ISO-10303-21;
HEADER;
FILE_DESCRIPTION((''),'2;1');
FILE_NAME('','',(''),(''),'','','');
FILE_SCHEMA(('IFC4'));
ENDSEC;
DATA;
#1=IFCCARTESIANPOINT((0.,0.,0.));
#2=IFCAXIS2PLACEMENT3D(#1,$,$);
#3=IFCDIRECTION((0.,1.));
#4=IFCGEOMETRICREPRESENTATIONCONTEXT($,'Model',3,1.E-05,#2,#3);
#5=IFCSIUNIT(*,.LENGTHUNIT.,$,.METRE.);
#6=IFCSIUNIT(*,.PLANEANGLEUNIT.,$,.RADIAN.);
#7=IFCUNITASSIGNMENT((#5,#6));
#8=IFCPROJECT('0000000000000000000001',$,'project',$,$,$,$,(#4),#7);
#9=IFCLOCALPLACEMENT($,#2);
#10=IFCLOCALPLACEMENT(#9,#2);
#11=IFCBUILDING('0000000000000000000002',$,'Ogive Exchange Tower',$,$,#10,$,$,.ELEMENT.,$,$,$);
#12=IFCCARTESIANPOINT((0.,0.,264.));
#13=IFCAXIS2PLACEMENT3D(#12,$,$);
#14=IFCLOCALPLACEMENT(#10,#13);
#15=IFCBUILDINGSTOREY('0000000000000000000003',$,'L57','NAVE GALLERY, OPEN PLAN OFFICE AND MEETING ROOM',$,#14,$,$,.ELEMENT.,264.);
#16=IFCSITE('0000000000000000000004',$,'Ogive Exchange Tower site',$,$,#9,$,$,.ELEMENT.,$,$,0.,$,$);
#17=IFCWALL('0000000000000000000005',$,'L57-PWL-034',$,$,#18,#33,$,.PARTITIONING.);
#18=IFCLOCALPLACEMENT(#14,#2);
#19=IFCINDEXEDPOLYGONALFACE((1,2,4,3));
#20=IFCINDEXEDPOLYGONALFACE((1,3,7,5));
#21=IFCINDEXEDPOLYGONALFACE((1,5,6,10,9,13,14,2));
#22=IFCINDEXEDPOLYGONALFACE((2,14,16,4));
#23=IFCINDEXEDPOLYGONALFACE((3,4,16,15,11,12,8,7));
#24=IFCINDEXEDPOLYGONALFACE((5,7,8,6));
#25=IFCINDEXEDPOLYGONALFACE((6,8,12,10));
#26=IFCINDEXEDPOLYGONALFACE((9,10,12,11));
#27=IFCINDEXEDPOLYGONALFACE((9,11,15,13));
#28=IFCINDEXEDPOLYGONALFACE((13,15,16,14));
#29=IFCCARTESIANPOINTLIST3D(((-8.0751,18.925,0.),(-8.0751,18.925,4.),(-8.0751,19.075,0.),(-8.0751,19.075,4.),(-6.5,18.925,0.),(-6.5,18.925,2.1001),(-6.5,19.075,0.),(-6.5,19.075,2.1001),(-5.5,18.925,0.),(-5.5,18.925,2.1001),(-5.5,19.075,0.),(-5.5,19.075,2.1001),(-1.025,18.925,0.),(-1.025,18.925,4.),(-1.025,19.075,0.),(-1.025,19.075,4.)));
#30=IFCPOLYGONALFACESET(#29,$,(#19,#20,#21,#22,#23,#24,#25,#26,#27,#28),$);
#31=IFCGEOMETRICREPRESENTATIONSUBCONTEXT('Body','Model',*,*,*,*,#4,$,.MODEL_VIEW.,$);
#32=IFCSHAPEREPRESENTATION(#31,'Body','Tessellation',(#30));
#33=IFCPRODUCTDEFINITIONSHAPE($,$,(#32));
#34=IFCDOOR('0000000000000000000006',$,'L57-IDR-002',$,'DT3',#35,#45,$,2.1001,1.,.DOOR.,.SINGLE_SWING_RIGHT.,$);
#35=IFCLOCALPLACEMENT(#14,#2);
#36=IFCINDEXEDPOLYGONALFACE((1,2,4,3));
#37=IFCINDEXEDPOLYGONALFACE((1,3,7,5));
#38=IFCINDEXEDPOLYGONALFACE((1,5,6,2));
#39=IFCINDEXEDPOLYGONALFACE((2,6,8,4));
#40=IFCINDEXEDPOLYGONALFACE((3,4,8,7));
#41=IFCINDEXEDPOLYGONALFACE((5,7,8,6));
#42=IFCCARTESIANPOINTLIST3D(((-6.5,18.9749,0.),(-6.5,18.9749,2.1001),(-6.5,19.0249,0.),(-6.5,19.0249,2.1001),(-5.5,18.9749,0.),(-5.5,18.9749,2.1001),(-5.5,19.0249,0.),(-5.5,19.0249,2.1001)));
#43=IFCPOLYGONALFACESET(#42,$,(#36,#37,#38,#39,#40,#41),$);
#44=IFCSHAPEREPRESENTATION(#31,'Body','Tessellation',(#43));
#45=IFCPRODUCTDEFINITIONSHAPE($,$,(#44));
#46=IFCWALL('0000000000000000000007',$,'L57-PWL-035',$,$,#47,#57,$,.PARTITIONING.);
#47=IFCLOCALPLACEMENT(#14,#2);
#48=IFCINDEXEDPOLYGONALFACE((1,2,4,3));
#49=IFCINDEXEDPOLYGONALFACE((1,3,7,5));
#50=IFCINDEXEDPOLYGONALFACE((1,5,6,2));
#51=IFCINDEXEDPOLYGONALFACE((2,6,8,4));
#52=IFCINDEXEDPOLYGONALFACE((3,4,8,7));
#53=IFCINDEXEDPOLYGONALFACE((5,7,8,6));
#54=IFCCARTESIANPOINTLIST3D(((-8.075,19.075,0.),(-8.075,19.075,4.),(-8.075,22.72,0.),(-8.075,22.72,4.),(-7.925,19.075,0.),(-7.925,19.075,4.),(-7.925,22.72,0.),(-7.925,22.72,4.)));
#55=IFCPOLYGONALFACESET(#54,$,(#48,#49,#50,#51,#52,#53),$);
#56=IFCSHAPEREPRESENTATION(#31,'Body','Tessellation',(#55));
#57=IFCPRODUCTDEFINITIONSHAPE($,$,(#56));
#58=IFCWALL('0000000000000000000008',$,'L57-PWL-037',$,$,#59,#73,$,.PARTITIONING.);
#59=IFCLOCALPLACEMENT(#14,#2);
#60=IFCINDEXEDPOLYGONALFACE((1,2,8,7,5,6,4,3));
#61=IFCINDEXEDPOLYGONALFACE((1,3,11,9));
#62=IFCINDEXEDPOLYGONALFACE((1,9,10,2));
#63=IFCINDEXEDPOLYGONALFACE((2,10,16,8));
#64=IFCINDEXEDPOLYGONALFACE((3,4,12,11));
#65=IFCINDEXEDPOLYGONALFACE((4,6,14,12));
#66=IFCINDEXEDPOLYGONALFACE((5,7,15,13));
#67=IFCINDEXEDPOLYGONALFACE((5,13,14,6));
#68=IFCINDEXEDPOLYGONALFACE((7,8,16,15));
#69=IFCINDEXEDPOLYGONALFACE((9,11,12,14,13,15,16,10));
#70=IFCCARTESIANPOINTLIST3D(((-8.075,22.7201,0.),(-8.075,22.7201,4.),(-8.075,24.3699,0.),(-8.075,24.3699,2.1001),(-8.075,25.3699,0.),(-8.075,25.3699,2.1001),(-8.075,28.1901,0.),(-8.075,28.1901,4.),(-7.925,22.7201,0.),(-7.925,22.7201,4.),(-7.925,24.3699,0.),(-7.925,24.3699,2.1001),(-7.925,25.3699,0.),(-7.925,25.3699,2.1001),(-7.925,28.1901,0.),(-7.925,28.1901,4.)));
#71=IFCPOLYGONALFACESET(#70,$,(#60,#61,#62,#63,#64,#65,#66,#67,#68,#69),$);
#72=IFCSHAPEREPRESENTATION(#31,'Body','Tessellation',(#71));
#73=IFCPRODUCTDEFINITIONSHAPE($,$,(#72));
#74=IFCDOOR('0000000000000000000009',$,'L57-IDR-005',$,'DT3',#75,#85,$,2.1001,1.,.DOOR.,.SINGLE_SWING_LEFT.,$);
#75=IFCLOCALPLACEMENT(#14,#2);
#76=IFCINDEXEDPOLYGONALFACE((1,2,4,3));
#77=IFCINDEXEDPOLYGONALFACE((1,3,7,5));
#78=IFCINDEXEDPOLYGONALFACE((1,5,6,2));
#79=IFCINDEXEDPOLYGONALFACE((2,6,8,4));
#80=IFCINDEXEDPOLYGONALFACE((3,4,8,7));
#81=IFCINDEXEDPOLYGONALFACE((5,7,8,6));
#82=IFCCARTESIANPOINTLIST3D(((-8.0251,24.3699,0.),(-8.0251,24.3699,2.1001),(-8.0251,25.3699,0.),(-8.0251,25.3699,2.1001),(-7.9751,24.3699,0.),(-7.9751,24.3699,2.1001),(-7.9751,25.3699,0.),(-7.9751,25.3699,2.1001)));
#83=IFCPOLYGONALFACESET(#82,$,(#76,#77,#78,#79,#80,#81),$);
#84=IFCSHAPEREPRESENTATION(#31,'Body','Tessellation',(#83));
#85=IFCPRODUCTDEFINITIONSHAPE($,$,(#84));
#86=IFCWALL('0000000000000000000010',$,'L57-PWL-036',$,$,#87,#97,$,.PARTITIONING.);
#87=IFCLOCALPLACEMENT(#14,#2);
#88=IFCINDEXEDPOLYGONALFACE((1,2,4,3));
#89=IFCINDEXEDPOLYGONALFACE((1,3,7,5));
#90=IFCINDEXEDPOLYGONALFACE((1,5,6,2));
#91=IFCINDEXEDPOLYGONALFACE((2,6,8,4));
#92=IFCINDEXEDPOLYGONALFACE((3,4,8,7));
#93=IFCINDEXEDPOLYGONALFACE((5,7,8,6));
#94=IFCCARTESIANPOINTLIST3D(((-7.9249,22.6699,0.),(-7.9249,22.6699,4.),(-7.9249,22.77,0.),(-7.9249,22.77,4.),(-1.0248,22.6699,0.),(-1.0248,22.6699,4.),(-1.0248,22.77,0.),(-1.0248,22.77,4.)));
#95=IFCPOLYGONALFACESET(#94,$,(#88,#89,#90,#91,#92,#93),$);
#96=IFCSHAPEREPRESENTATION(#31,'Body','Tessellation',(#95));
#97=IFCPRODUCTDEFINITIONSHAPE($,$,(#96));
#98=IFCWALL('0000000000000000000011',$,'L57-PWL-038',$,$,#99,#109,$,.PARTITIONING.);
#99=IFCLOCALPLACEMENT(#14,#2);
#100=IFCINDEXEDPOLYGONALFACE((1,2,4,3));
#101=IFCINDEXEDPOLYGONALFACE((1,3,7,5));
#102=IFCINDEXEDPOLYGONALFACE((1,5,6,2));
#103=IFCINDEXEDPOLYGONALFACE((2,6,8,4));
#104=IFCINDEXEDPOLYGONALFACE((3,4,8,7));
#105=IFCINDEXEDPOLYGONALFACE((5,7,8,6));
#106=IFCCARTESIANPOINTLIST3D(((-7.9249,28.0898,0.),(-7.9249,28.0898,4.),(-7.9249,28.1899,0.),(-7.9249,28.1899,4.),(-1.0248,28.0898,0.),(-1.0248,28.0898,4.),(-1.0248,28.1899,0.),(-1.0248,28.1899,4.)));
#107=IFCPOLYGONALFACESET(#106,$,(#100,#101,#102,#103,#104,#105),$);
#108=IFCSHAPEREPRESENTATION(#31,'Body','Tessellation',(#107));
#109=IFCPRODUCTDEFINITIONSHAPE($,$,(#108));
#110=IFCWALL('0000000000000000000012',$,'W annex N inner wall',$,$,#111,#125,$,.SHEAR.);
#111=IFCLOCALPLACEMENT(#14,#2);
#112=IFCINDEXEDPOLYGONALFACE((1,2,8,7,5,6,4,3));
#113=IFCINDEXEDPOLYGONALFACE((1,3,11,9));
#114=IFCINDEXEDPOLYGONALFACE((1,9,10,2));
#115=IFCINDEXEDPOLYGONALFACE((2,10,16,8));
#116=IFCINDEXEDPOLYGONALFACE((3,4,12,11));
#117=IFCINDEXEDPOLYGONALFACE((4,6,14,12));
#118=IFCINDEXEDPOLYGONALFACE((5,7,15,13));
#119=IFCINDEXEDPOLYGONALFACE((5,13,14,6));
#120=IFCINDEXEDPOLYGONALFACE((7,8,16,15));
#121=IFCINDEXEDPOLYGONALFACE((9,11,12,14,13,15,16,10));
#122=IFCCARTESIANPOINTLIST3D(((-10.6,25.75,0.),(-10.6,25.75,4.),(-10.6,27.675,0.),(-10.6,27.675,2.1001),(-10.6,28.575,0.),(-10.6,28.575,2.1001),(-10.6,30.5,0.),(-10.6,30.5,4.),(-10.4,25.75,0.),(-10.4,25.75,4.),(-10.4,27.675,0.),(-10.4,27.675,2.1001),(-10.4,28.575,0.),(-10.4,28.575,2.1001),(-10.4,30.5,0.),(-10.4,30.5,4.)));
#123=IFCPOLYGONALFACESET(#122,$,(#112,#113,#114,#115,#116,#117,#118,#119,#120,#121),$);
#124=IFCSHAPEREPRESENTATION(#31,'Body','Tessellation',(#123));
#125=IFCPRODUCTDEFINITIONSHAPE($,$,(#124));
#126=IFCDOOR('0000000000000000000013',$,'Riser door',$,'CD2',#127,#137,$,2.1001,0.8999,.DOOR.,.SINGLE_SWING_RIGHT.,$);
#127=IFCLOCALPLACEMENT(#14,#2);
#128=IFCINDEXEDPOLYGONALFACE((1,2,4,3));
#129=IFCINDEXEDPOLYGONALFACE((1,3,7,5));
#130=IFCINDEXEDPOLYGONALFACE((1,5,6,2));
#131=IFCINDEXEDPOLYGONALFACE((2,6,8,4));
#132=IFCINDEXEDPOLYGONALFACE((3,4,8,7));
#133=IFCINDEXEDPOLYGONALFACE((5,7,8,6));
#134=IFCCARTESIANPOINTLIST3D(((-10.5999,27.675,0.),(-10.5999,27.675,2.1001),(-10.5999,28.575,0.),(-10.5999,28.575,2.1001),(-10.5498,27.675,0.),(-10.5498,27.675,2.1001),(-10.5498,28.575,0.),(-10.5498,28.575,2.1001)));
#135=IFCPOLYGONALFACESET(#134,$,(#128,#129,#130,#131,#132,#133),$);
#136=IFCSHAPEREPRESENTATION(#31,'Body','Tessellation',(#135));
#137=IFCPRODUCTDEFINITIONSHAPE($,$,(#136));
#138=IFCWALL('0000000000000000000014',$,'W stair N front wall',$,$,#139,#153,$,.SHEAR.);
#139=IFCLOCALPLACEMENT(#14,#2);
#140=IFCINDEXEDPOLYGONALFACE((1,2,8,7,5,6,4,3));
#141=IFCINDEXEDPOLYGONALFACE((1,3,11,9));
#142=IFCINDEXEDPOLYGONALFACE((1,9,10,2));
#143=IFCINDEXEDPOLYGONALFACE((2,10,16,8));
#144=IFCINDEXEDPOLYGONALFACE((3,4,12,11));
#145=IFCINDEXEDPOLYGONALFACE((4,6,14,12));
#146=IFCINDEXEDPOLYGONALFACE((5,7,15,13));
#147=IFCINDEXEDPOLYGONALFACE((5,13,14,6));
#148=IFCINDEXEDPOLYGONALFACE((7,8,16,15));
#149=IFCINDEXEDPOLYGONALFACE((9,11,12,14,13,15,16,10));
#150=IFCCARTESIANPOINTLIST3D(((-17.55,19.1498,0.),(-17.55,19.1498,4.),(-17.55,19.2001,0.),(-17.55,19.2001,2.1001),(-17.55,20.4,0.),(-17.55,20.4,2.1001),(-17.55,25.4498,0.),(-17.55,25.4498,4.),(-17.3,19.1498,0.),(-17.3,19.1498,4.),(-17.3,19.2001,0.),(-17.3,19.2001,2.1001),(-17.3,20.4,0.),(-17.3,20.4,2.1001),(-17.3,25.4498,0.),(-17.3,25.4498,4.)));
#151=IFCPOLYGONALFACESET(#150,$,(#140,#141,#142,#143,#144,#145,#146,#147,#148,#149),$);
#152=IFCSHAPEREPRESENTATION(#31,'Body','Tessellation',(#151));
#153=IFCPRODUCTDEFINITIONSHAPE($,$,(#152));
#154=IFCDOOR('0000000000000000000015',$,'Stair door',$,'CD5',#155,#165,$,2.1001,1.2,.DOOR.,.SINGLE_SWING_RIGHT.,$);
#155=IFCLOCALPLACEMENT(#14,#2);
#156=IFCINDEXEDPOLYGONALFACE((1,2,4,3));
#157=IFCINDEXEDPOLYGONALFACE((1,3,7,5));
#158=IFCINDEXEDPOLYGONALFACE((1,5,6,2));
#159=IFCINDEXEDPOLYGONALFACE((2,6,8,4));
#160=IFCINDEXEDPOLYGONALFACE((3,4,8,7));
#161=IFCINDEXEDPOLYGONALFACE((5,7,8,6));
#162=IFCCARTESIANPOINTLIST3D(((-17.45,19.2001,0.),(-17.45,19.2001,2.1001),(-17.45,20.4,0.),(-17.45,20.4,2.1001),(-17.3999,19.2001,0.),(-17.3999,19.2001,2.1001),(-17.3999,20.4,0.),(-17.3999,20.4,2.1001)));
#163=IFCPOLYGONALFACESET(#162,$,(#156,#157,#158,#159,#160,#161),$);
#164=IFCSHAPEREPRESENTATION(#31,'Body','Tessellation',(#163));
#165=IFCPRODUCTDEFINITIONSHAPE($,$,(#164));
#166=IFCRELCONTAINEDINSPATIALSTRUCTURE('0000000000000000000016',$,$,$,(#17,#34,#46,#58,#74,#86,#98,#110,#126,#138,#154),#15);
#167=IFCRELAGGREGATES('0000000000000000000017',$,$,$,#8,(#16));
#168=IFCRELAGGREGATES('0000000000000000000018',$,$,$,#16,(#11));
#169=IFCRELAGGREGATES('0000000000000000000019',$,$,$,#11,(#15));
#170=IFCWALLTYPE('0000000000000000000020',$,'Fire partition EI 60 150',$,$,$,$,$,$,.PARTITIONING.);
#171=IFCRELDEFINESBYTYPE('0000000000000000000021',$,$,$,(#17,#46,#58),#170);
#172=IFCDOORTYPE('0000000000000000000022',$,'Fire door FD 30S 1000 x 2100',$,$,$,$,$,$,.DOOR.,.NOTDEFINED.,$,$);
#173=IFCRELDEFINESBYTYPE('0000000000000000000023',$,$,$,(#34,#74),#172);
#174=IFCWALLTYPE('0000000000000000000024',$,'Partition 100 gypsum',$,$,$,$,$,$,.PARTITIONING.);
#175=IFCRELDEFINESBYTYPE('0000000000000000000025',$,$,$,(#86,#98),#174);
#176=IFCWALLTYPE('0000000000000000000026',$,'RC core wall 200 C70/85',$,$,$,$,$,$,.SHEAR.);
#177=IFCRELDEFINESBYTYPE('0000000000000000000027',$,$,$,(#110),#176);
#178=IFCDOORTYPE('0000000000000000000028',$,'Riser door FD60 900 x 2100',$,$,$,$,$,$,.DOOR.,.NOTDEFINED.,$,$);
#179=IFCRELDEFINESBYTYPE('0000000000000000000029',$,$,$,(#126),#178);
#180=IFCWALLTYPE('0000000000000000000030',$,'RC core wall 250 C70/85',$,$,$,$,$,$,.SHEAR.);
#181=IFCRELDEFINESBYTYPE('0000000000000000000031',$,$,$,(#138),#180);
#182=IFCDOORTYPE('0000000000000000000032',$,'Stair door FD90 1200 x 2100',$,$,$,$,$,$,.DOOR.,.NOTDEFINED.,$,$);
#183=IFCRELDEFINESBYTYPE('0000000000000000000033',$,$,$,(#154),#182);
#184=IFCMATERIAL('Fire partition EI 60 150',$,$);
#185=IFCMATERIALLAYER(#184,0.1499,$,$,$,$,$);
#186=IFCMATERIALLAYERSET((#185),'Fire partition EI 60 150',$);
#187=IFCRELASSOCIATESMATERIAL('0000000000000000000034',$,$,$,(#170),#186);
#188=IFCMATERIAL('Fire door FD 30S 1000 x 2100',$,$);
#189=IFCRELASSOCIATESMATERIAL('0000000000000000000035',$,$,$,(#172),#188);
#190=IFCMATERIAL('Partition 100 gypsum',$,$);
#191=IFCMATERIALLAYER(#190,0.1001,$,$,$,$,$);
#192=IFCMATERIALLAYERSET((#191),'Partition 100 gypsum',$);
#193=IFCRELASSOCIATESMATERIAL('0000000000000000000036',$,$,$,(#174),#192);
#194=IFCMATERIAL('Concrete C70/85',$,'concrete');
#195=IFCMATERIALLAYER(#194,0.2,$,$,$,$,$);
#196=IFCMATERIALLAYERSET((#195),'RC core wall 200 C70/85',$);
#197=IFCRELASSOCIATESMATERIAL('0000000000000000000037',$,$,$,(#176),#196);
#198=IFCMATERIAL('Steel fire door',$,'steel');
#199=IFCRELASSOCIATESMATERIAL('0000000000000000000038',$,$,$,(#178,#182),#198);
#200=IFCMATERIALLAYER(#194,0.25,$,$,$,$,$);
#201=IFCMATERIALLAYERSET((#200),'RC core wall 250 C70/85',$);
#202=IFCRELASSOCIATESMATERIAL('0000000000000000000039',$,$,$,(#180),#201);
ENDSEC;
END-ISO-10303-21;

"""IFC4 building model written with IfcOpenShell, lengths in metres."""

from ifc_helpers import new_model, si_unit, direction, frame, frame_2d, origin, place, context, subcontext, project, spatial, rectangle, extrude, material, layer, layer_set, type_object, element, fill, save


model = new_model("IFC4")

# Units and contexts
model_context = context("Model", 3, precision=1e-05, world=origin(), true_north=direction((0.0, 1.0)))
body_context = subcontext(model_context, "Body", "Model", "MODEL_VIEW")
ifc_project = project(units=[si_unit("LENGTHUNIT", "METRE"), si_unit("PLANEANGLEUNIT", "RADIAN")], contexts=[model_context])

# Site, building, storey
site_placement = place(None, origin())
site = spatial("IfcSite", under=ifc_project, at=site_placement, Name="Ogive Exchange Tower site", CompositionType="ELEMENT", RefElevation=0.0)
building_placement = place(site_placement, origin())
building = spatial("IfcBuilding", under=site, at=building_placement, Name="Ogive Exchange Tower", CompositionType="ELEMENT")
storey_placement = place(building_placement, frame((0.0, 0.0, 264.0)))
storey = spatial("IfcBuildingStorey", under=building, at=storey_placement, Name="L57", Description="NAVE GALLERY, OPEN PLAN OFFICE AND MEETING ROOM", CompositionType="ELEMENT", Elevation=264.0)

# Shared definitions
ifc_material_1 = material(Name="Fire partition EI 60 150")
ifc_layer_1 = layer(ifc_material_1, 0.1499)
ifc_layer_set_1 = layer_set([ifc_layer_1], Name="Fire partition EI 60 150")
wall_type_1 = type_object("IfcWallType", Name="Fire partition EI 60 150", PredefinedType="PARTITIONING", material=ifc_layer_set_1)

# Wall, opening, door
wall_1_placement = place(storey_placement, frame((-8.075, 19.0, 0.0), z_axis=(0.0, 0.0, 1.0), x_axis=(1.0, 0.0, 0.0)))
wall_1 = element("IfcWall", 1, at=wall_1_placement, inside=storey, type_object=wall_type_1, Name="L57-PWL-034", PredefinedType="PARTITIONING", context=body_context, shape_type="SweptSolid", body=[
    extrude(rectangle(XDim=7.05, YDim=0.1499, at=frame_2d((3.5249, 0.0))), origin(), (0.0, 0.0, 1.0), 4.0),
])
opening_1_placement = place(wall_1_placement, frame((1.575, 0.0, 0.0)))
opening_1 = element("IfcOpeningElement", 2, at=opening_1_placement, cuts=wall_1, PredefinedType="OPENING", context=body_context, shape_type="SweptSolid", body=[
    extrude(rectangle(XDim=1.0, YDim=2.1001, at=frame_2d((0.5, 1.05))), frame((0.0, 0.085, 0.0), z_axis=(0.0, -1.0, 0.0), x_axis=(1.0, 0.0, 0.0)), (0.0, 0.0, 1.0), 0.1699),
])
ifc_material_2 = material(Name="Fire door FD 30S 1000 x 2100")
door_type_1 = type_object("IfcDoorType", Name="Fire door FD 30S 1000 x 2100", OperationType="NOTDEFINED", PredefinedType="DOOR", material=ifc_material_2)
door_1_placement = place(opening_1_placement, origin())
door_1 = element("IfcDoor", 3, at=door_1_placement, inside=storey, type_object=door_type_1, Name="L57-IDR-002", ObjectType="DT3", OperationType="SINGLE_SWING_RIGHT", OverallHeight=2.1001, OverallWidth=1.0, PredefinedType="DOOR", context=body_context, shape_type="SweptSolid", body=[
    extrude(rectangle(XDim=1.0, YDim=2.1001, at=frame_2d((0.5, 1.05))), frame((0.0, 0.0249, 0.0), z_axis=(0.0, -1.0, 0.0), x_axis=(1.0, 0.0, 0.0)), (0.0, 0.0, 1.0), 0.05),
])
fill(opening_1, door_1)

# Wall
wall_2_placement = place(storey_placement, frame((-8.0, 22.72, 0.0), z_axis=(0.0, 0.0, 1.0), x_axis=(0.0, -1.0, 0.0)))
element("IfcWall", 4, at=wall_2_placement, inside=storey, type_object=wall_type_1, Name="L57-PWL-035", PredefinedType="PARTITIONING", context=body_context, shape_type="SweptSolid", body=[
    extrude(rectangle(XDim=3.645, YDim=0.1499, at=frame_2d((1.8225, 0.0))), origin(), (0.0, 0.0, 1.0), 4.0),
])

# Wall, opening, door
wall_3_placement = place(storey_placement, frame((-8.0, 28.1899, 0.0), z_axis=(0.0, 0.0, 1.0), x_axis=(0.0, -1.0, 0.0)))
wall_3 = element("IfcWall", 5, at=wall_3_placement, inside=storey, type_object=wall_type_1, Name="L57-PWL-037", PredefinedType="PARTITIONING", context=body_context, shape_type="SweptSolid", body=[
    extrude(rectangle(XDim=5.47, YDim=0.1499, at=frame_2d((2.7349, 0.0))), origin(), (0.0, 0.0, 1.0), 4.0),
])
opening_2_placement = place(wall_3_placement, frame((2.8201, 0.0, 0.0)))
opening_2 = element("IfcOpeningElement", 6, at=opening_2_placement, cuts=wall_3, PredefinedType="OPENING", context=body_context, shape_type="SweptSolid", body=[
    extrude(rectangle(XDim=1.0, YDim=2.1001, at=frame_2d((0.5, 1.05))), frame((0.0, 0.085, 0.0), z_axis=(0.0, -1.0, 0.0), x_axis=(1.0, 0.0, 0.0)), (0.0, 0.0, 1.0), 0.1699),
])
door_2_placement = place(opening_2_placement, origin())
door_2 = element("IfcDoor", 7, at=door_2_placement, inside=storey, type_object=door_type_1, Name="L57-IDR-005", ObjectType="DT3", OperationType="SINGLE_SWING_LEFT", OverallHeight=2.1001, OverallWidth=1.0, PredefinedType="DOOR", context=body_context, shape_type="SweptSolid", body=[
    extrude(rectangle(XDim=1.0, YDim=2.1001, at=frame_2d((0.5, 1.05))), frame((0.0, 0.0249, 0.0), z_axis=(0.0, -1.0, 0.0), x_axis=(1.0, 0.0, 0.0)), (0.0, 0.0, 1.0), 0.05),
])
fill(opening_2, door_2)

# Walls
ifc_material_3 = material(Name="Partition 100 gypsum")
ifc_layer_2 = layer(ifc_material_3, 0.1001)
ifc_layer_set_2 = layer_set([ifc_layer_2], Name="Partition 100 gypsum")
wall_type_2 = type_object("IfcWallType", Name="Partition 100 gypsum", PredefinedType="PARTITIONING", material=ifc_layer_set_2)
for number, where, z_axis, x_axis, name in (
    (8, (-7.925, 22.72, 0.0), (0.0, 0.0, 1.0), (1.0, 0.0, 0.0), "L57-PWL-036"),
    (9, (-7.925, 28.1399, 0.0), (0.0, 0.0, 1.0), (1.0, 0.0, 0.0), "L57-PWL-038"),
):
    element("IfcWall", number, at=place(storey_placement, frame(where, z_axis=z_axis, x_axis=x_axis)), inside=storey, type_object=wall_type_2, Name=name, PredefinedType="PARTITIONING", context=body_context, shape_type="SweptSolid", body=[
        extrude(rectangle(XDim=6.9001, YDim=0.1001, at=frame_2d((3.4502, 0.0))), origin(), (0.0, 0.0, 1.0), 4.0),
    ])

# Walls, openings, doors
ifc_material_4 = material(Name="Concrete C70/85", Category="concrete")
ifc_layer_3 = layer(ifc_material_4, 0.2)
ifc_layer_set_3 = layer_set([ifc_layer_3], Name="RC core wall 200 C70/85")
wall_type_3 = type_object("IfcWallType", Name="RC core wall 200 C70/85", PredefinedType="SHEAR", material=ifc_layer_set_3)
wall_4_placement = place(storey_placement, frame((-10.5, 25.75, 0.0), z_axis=(0.0, 0.0, 1.0), x_axis=(0.0, 1.0, 0.0)))
wall_4 = element("IfcWall", 10, at=wall_4_placement, inside=storey, type_object=wall_type_3, Name="W annex N inner wall", PredefinedType="SHEAR", context=body_context, shape_type="SweptSolid", body=[
    extrude(rectangle(XDim=4.75, YDim=0.2, at=frame_2d((2.375, 0.0))), origin(), (0.0, 0.0, 1.0), 4.0),
])
opening_3_placement = place(wall_4_placement, frame((1.925, 0.0, 0.0)))
opening_3 = element("IfcOpeningElement", 11, at=opening_3_placement, cuts=wall_4, PredefinedType="OPENING", context=body_context, shape_type="SweptSolid", body=[
    extrude(rectangle(XDim=0.8999, YDim=2.1001, at=frame_2d((0.45, 1.05))), frame((0.0, 0.1099, 0.0), z_axis=(0.0, -1.0, 0.0), x_axis=(1.0, 0.0, 0.0)), (0.0, 0.0, 1.0), 0.22),
])
ifc_material_5 = material(Name="Steel fire door", Category="steel")
door_type_2 = type_object("IfcDoorType", Name="Riser door FD60 900 x 2100", OperationType="NOTDEFINED", PredefinedType="DOOR", material=ifc_material_5)
door_3_placement = place(opening_3_placement, frame((0.8999, 0.1499, 0.0), z_axis=(0.0, 0.0, 1.0), x_axis=(-1.0, 0.0, 0.0)))
door_3 = element("IfcDoor", 12, at=door_3_placement, inside=storey, type_object=door_type_2, Name="Riser door", ObjectType="CD2", OperationType="SINGLE_SWING_RIGHT", OverallHeight=2.1001, OverallWidth=0.8999, PredefinedType="DOOR", context=body_context, shape_type="SweptSolid", body=[
    extrude(rectangle(XDim=0.8999, YDim=2.1001, at=frame_2d((0.45, 1.05))), frame((0.0, 0.1001, 0.0), z_axis=(0.0, -1.0, 0.0), x_axis=(1.0, 0.0, 0.0)), (0.0, 0.0, 1.0), 0.05),
])
fill(opening_3, door_3)
ifc_layer_4 = layer(ifc_material_4, 0.25)
ifc_layer_set_4 = layer_set([ifc_layer_4], Name="RC core wall 250 C70/85")
wall_type_4 = type_object("IfcWallType", Name="RC core wall 250 C70/85", PredefinedType="SHEAR", material=ifc_layer_set_4)
wall_5_placement = place(storey_placement, frame((-17.425, 19.1499, 0.0), z_axis=(0.0, 0.0, 1.0), x_axis=(0.0, 1.0, 0.0)))
wall_5 = element("IfcWall", 13, at=wall_5_placement, inside=storey, type_object=wall_type_4, Name="W stair N front wall", PredefinedType="SHEAR", context=body_context, shape_type="SweptSolid", body=[
    extrude(rectangle(XDim=6.3, YDim=0.25, at=frame_2d((3.1499, 0.0))), origin(), (0.0, 0.0, 1.0), 4.0),
])
opening_4_placement = place(wall_5_placement, frame((0.05, 0.0, 0.0)))
opening_4 = element("IfcOpeningElement", 14, at=opening_4_placement, cuts=wall_5, PredefinedType="OPENING", context=body_context, shape_type="SweptSolid", body=[
    extrude(rectangle(XDim=1.2, YDim=2.1001, at=frame_2d((0.6001, 1.05))), frame((0.0, 0.135, 0.0), z_axis=(0.0, -1.0, 0.0), x_axis=(1.0, 0.0, 0.0)), (0.0, 0.0, 1.0), 0.27),
])
door_type_3 = type_object("IfcDoorType", Name="Stair door FD90 1200 x 2100", OperationType="NOTDEFINED", PredefinedType="DOOR", material=ifc_material_5)
door_4_placement = place(opening_4_placement, origin())
door_4 = element("IfcDoor", 15, at=door_4_placement, inside=storey, type_object=door_type_3, Name="Stair door", ObjectType="CD5", OperationType="SINGLE_SWING_RIGHT", OverallHeight=2.1001, OverallWidth=1.2, PredefinedType="DOOR", context=body_context, shape_type="SweptSolid", body=[
    extrude(rectangle(XDim=1.2, YDim=2.1001, at=frame_2d((0.6001, 1.05))), frame((0.0, 0.0249, 0.0), z_axis=(0.0, -1.0, 0.0), x_axis=(1.0, 0.0, 0.0)), (0.0, 0.0, 1.0), 0.05),
])
fill(opening_4, door_4)

save(model, "model.ifc")
